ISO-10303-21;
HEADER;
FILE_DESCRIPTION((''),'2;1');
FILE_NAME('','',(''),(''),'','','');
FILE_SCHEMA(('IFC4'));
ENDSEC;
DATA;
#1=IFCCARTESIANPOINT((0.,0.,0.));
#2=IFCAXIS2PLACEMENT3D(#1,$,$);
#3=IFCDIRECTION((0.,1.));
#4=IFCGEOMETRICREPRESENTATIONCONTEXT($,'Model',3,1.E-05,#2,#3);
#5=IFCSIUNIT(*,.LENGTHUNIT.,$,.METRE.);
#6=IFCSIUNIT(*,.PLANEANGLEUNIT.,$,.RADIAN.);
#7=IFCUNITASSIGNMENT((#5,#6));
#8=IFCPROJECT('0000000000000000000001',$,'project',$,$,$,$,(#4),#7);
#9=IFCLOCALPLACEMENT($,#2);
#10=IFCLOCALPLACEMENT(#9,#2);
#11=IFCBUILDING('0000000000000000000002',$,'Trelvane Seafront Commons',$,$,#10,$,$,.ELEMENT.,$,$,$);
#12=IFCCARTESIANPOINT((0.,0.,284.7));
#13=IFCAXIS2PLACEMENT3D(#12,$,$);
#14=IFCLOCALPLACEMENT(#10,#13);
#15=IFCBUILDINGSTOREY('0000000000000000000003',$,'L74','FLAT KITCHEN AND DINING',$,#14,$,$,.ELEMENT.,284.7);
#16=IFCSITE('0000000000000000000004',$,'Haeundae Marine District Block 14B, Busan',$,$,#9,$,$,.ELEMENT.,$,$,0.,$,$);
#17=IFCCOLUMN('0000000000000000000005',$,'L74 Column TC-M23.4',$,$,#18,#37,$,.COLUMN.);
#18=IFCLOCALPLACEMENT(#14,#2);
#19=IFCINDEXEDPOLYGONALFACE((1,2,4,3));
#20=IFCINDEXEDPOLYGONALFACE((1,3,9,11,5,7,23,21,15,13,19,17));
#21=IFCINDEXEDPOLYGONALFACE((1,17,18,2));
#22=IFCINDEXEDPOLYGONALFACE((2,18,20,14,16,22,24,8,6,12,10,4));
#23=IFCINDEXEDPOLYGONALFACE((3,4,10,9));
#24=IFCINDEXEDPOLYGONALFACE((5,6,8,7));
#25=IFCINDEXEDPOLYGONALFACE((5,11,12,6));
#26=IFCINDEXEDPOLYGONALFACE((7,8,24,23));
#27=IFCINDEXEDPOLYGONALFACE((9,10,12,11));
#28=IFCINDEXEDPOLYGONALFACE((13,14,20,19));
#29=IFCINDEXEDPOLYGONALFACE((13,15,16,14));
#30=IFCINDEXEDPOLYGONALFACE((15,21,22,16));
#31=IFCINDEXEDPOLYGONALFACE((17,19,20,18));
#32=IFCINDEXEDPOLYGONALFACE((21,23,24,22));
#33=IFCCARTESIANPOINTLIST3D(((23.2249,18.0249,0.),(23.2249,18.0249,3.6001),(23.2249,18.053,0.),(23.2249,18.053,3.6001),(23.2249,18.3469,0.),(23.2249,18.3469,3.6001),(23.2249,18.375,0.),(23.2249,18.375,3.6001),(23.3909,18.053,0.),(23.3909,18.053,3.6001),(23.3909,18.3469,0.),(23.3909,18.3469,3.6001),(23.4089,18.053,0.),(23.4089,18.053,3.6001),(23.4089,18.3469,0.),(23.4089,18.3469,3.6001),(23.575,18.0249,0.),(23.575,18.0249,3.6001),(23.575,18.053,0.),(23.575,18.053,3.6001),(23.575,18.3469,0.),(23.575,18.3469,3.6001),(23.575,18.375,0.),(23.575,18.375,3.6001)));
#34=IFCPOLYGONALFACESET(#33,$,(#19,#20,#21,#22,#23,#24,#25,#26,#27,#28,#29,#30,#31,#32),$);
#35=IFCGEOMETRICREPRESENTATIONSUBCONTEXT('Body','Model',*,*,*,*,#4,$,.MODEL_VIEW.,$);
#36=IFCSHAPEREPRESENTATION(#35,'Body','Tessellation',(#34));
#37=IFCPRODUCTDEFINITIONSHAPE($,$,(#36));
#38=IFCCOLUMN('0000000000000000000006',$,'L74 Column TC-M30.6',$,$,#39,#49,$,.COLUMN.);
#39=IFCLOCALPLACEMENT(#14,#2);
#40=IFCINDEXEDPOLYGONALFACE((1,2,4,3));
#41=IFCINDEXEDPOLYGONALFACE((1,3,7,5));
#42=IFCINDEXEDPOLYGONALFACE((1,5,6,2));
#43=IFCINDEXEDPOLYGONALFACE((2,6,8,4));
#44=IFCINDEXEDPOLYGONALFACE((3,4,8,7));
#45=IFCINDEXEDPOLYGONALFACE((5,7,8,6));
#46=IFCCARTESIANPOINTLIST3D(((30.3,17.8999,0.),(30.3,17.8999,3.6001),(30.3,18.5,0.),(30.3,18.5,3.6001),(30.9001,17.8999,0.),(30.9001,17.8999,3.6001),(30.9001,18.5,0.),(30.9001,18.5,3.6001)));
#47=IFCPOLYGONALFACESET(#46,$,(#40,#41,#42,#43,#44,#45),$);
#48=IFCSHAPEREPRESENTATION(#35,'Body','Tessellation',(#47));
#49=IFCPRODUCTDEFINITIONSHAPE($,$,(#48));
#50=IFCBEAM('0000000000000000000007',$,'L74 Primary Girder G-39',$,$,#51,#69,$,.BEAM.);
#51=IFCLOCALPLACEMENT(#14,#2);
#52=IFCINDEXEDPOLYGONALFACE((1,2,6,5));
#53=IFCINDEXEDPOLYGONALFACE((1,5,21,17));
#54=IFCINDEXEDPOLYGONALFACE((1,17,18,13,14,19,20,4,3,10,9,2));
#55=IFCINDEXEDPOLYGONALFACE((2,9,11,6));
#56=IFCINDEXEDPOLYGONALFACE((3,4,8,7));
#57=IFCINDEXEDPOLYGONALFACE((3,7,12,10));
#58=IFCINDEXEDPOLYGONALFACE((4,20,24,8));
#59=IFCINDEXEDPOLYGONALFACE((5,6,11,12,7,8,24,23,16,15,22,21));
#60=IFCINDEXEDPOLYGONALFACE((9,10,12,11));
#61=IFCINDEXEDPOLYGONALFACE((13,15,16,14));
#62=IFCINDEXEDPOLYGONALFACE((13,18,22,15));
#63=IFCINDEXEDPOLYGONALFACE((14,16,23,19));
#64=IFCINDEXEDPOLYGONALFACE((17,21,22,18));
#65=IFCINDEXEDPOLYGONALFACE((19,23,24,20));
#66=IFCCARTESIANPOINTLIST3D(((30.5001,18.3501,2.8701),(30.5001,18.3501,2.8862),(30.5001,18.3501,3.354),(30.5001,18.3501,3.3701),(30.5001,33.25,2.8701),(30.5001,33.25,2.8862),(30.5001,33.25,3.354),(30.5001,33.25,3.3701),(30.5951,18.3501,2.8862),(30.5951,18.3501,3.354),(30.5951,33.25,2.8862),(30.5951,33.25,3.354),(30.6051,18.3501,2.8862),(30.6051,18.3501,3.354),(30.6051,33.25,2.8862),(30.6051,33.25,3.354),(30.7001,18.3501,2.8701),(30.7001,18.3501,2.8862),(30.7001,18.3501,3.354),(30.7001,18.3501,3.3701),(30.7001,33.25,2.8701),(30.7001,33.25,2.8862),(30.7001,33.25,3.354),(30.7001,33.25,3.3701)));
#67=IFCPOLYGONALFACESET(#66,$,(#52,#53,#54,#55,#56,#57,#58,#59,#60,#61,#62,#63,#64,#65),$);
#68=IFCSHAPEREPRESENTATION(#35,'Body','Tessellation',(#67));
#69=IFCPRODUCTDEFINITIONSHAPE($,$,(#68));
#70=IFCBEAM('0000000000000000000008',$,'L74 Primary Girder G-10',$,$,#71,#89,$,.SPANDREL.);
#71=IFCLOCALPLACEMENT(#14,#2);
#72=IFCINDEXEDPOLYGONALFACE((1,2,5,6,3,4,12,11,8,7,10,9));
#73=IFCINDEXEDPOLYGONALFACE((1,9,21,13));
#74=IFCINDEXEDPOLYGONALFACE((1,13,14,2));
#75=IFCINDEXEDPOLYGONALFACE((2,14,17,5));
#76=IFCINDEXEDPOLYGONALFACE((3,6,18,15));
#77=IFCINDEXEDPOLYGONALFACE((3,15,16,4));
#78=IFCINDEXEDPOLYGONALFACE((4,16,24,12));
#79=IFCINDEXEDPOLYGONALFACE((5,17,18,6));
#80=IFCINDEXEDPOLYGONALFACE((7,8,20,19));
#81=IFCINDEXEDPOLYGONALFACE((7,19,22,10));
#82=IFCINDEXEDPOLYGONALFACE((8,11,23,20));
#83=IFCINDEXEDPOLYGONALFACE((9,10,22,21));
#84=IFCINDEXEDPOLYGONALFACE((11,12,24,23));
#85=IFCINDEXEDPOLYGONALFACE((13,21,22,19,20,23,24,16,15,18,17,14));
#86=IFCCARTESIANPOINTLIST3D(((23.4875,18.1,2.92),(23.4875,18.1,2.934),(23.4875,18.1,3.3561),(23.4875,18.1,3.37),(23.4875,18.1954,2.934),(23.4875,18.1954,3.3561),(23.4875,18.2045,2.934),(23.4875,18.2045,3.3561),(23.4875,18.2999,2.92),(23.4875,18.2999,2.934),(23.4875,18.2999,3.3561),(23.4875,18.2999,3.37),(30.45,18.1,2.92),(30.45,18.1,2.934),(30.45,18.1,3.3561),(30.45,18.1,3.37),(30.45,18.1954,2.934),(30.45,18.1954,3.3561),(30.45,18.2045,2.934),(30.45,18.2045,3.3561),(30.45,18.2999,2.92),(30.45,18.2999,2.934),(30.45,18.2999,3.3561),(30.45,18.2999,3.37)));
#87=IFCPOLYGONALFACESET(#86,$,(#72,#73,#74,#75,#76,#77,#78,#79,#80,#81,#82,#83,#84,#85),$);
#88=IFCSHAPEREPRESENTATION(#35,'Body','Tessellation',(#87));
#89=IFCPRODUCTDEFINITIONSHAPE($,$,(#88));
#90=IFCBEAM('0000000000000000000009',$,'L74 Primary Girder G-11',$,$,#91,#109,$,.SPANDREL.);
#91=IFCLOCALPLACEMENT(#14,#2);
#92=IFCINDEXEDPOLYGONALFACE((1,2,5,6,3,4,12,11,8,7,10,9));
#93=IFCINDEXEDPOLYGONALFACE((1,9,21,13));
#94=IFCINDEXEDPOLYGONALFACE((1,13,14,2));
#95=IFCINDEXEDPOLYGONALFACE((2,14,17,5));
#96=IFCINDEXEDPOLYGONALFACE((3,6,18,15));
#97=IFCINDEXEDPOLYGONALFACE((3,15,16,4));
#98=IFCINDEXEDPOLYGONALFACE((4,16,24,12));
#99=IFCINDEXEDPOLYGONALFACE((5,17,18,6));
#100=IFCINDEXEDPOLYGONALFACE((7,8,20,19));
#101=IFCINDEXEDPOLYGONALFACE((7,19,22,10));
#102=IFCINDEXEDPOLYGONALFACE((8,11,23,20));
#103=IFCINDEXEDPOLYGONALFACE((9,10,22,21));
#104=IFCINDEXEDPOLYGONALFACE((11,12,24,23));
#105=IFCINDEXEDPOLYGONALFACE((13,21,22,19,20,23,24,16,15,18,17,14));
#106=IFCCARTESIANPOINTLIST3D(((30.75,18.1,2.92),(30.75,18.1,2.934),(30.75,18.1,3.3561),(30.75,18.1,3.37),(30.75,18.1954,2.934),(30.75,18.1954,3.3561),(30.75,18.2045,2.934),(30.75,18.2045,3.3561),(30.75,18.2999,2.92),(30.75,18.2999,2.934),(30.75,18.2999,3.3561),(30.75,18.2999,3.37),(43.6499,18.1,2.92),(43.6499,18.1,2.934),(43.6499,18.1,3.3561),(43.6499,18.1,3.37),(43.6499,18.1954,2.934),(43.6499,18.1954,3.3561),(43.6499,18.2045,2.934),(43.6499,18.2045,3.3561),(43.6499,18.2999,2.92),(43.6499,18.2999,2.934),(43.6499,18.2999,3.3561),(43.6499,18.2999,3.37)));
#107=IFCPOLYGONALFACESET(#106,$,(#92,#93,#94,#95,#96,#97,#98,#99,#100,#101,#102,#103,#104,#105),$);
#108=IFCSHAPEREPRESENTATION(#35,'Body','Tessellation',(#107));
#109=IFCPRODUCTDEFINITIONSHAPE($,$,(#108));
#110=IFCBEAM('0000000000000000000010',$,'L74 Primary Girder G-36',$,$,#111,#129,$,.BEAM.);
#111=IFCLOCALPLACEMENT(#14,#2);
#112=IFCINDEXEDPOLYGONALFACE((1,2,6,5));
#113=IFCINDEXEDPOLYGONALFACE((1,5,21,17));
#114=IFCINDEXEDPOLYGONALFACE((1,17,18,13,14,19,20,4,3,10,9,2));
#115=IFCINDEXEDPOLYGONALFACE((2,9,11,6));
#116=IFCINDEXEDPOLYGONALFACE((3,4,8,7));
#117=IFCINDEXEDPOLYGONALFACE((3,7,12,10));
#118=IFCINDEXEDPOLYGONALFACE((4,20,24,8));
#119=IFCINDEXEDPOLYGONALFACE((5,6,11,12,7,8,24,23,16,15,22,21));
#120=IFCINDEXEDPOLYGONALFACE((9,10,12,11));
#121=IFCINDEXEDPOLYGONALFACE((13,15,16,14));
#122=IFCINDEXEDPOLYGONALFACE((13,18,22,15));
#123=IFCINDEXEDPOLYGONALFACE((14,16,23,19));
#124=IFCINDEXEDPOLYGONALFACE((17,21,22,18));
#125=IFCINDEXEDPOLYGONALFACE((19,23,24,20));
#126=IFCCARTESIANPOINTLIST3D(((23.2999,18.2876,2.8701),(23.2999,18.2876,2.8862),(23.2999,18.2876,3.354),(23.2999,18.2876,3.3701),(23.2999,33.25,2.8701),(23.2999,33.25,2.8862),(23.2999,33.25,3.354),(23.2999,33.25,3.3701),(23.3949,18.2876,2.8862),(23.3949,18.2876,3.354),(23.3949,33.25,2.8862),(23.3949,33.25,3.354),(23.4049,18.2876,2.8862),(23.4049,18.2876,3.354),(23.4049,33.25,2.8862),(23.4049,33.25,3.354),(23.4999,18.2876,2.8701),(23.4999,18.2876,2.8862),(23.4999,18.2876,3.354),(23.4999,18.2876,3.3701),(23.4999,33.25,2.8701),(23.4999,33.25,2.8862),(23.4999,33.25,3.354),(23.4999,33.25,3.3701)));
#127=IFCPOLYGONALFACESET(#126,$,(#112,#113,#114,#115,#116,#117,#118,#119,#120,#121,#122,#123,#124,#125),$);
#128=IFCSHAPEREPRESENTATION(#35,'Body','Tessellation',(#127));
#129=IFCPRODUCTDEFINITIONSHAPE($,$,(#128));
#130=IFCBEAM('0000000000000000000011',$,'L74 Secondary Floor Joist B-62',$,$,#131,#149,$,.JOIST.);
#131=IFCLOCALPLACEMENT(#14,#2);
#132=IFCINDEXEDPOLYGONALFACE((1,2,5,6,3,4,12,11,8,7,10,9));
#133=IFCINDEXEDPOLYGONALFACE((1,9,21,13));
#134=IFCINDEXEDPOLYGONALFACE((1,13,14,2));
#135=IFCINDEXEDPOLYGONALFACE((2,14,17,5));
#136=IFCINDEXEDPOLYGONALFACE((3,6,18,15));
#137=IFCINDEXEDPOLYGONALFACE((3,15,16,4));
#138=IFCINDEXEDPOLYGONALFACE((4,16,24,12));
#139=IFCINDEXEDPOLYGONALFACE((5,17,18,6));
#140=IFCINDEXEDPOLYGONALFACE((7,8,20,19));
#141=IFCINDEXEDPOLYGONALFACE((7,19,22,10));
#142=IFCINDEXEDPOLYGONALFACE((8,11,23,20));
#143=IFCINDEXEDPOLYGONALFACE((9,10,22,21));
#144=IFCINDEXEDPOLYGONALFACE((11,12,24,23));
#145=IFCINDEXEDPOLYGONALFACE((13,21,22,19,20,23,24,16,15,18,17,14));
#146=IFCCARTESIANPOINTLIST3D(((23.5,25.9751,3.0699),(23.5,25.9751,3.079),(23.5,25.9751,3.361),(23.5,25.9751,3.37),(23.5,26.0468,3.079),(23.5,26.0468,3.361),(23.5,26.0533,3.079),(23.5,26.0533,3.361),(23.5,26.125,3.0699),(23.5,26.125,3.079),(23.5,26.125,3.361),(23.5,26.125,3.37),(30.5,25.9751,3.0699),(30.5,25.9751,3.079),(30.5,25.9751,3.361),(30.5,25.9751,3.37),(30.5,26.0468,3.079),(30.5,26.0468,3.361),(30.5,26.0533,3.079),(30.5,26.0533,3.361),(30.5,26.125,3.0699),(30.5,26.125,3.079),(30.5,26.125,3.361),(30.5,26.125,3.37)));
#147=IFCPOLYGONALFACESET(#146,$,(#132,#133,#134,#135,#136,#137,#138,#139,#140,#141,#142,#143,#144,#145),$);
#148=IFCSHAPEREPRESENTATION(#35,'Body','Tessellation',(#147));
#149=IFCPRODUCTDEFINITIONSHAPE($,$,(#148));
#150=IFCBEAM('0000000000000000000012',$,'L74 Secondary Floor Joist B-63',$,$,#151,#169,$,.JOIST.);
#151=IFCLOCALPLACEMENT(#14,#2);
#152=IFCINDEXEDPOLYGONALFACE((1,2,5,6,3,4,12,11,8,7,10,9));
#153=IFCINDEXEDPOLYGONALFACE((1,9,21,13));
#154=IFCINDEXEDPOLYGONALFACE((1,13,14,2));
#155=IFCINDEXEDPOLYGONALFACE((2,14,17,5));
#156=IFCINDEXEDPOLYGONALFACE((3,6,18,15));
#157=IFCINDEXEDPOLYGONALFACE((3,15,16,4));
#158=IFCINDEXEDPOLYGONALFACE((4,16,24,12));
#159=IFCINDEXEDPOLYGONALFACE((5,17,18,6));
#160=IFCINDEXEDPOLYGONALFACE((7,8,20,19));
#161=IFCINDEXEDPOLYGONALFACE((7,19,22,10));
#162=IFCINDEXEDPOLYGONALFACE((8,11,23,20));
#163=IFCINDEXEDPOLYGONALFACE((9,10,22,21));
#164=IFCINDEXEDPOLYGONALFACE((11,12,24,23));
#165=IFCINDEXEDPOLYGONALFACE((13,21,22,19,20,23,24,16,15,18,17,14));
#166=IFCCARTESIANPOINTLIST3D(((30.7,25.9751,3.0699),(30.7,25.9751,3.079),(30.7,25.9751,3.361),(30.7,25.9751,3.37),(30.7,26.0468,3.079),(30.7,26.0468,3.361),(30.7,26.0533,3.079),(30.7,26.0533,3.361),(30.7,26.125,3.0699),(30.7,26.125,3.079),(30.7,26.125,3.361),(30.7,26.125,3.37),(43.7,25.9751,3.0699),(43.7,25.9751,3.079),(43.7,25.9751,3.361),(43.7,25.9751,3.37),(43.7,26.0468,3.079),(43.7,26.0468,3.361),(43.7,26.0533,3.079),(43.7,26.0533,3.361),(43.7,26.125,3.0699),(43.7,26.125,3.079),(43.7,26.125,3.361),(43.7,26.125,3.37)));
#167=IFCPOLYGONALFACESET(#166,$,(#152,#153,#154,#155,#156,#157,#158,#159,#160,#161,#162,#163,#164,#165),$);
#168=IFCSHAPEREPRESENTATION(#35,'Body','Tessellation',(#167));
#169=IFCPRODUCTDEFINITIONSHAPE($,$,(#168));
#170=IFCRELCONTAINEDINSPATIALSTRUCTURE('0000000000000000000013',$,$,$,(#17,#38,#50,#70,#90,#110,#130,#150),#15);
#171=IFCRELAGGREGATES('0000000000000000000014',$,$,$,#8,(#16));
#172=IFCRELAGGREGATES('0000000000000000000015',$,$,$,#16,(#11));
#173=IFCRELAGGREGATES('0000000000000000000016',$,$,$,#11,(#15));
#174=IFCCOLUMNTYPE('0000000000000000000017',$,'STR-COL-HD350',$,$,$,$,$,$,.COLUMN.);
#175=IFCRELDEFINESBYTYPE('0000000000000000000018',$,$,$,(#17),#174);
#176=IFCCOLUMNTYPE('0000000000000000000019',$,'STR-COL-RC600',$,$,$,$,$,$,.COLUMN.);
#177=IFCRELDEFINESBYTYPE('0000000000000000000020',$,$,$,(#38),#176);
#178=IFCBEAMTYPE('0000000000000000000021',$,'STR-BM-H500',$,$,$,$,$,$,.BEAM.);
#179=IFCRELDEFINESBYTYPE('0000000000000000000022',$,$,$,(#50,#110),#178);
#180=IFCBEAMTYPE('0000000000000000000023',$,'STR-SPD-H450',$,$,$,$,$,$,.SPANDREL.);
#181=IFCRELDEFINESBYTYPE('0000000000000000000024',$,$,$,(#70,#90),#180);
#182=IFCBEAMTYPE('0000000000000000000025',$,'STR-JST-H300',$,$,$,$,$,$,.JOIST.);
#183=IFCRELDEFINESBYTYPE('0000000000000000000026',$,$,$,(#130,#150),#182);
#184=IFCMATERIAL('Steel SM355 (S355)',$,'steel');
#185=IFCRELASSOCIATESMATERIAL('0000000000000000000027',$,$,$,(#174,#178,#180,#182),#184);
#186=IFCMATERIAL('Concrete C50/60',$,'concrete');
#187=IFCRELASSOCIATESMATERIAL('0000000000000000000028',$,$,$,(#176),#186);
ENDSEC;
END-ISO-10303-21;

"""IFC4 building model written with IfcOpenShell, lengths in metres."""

from ifc_helpers import new_model, si_unit, direction, frame, origin, origin_2d, place, context, subcontext, project, spatial, rectangle, i_section, extrude, source, transform, mapped, material, material_profile, profile_set, type_object, element, save


model = new_model("IFC4")

# Units and contexts
model_context = context("Model", 3, precision=1e-05, world=origin(), true_north=direction((0.0, 1.0)))
body_context = subcontext(model_context, "Body", "Model", "MODEL_VIEW")
ifc_project = project(units=[si_unit("LENGTHUNIT", "METRE"), si_unit("PLANEANGLEUNIT", "RADIAN")], contexts=[model_context])

# Site, building, storey
site_placement = place(None, origin())
site = spatial("IfcSite", under=ifc_project, at=site_placement, Name="Haeundae Marine District Block 14B, Busan", CompositionType="ELEMENT", RefElevation=0.0)
building_placement = place(site_placement, origin())
building = spatial("IfcBuilding", under=site, at=building_placement, Name="Trelvane Seafront Commons", CompositionType="ELEMENT")
storey_placement = place(building_placement, frame((0.0, 0.0, 284.7)))
storey = spatial("IfcBuildingStorey", under=building, at=storey_placement, Name="L74", Description="FLAT KITCHEN AND DINING", CompositionType="ELEMENT", Elevation=284.7)

# Columns
ifc_material_1 = material(Name="Steel SM355 (S355)", Category="steel")
ifc_material_profile_1 = material_profile(ifc_material_1, i_section(OverallWidth=0.3501, OverallDepth=0.3501, WebThickness=0.0181, FlangeThickness=0.0281, at=origin_2d()), Name="HD-350x350x18x28")
ifc_profile_set_1 = profile_set([ifc_material_profile_1], Name="Steel SM355 (S355)")
column_type_1 = type_object("IfcColumnType", Name="STR-COL-HD350", PredefinedType="COLUMN", material=ifc_profile_set_1)
shared_shape_1 = source(origin(), body_context, "Body", "SweptSolid", [
    extrude(i_section(OverallWidth=0.3501, OverallDepth=0.3501, WebThickness=0.0181, FlangeThickness=0.0281, at=origin_2d()), origin(), (0.0, 0.0, 1.0), 3.6001),
])
column_1_placement = place(storey_placement, frame((23.3999, 18.2, 0.0), z_axis=(0.0, 0.0, 1.0), x_axis=(1.0, 0.0, 0.0)))
element("IfcColumn", 1, at=column_1_placement, inside=storey, type_object=column_type_1, Name="L74 Column TC-M23.4", PredefinedType="COLUMN", context=body_context, shape_type="MappedRepresentation", body=[
    mapped(shared_shape_1, transform((0.0, 0.0, 0.0), x_axis=(1.0, 0.0, 0.0), y_axis=(0.0, 1.0, 0.0), z_axis=(0.0, 0.0, 1.0), scale=1.0)),
])
ifc_material_2 = material(Name="Concrete C50/60", Category="concrete")
ifc_material_profile_2 = material_profile(ifc_material_2, rectangle(XDim=0.6001, YDim=0.6001, at=origin_2d()), Name="RC-600x600")
ifc_profile_set_2 = profile_set([ifc_material_profile_2], Name="Concrete C50/60")
column_type_2 = type_object("IfcColumnType", Name="STR-COL-RC600", PredefinedType="COLUMN", material=ifc_profile_set_2)
shared_shape_2 = source(origin(), body_context, "Body", "SweptSolid", [
    extrude(rectangle(XDim=0.6001, YDim=0.6001, at=origin_2d()), origin(), (0.0, 0.0, 1.0), 3.6001),
])
column_2_placement = place(storey_placement, frame((30.6001, 18.2, 0.0), z_axis=(0.0, 0.0, 1.0), x_axis=(1.0, 0.0, 0.0)))
element("IfcColumn", 2, at=column_2_placement, inside=storey, type_object=column_type_2, Name="L74 Column TC-M30.6", PredefinedType="COLUMN", context=body_context, shape_type="MappedRepresentation", body=[
    mapped(shared_shape_2, transform((0.0, 0.0, 0.0), x_axis=(1.0, 0.0, 0.0), y_axis=(0.0, 1.0, 0.0), z_axis=(0.0, 0.0, 1.0), scale=1.0)),
])

# Beams
ifc_material_profile_3 = material_profile(ifc_material_1, i_section(OverallWidth=0.2, OverallDepth=0.5, WebThickness=0.01, FlangeThickness=0.0161, at=origin_2d()), Name="H-500x200x10x16")
ifc_profile_set_3 = profile_set([ifc_material_profile_3], Name="Steel SM355 (S355)")
beam_type_1 = type_object("IfcBeamType", Name="STR-BM-H500", PredefinedType="BEAM", material=ifc_profile_set_3)
shared_shape_3 = source(origin(), body_context, "Body", "SweptSolid", [
    extrude(i_section(OverallWidth=0.2, OverallDepth=0.5, WebThickness=0.01, FlangeThickness=0.0161, at=origin_2d()), origin(), (0.0, 0.0, 1.0), 14.8999),
])
beam_1_placement = place(storey_placement, frame((30.6001, 18.3501, 3.1201), z_axis=(0.0, 1.0, 0.0), x_axis=(-1.0, 0.0, 0.0)))
element("IfcBeam", 3, at=beam_1_placement, inside=storey, type_object=beam_type_1, Name="L74 Primary Girder G-39", PredefinedType="BEAM", context=body_context, shape_type="MappedRepresentation", body=[
    mapped(shared_shape_3, transform((0.0, 0.0, 0.0), x_axis=(1.0, 0.0, 0.0), y_axis=(0.0, 1.0, 0.0), z_axis=(0.0, 0.0, 1.0), scale=1.0)),
])
ifc_material_profile_4 = material_profile(ifc_material_1, i_section(OverallWidth=0.2, OverallDepth=0.45, WebThickness=0.009, FlangeThickness=0.0139, at=origin_2d()), Name="H-450x200x9x14")
ifc_profile_set_4 = profile_set([ifc_material_profile_4], Name="Steel SM355 (S355)")
beam_type_2 = type_object("IfcBeamType", Name="STR-SPD-H450", PredefinedType="SPANDREL", material=ifc_profile_set_4)
shared_shape_4 = source(origin(), body_context, "Body", "SweptSolid", [
    extrude(i_section(OverallWidth=0.2, OverallDepth=0.45, WebThickness=0.009, FlangeThickness=0.0139, at=origin_2d()), origin(), (0.0, 0.0, 1.0), 6.9624),
])
beam_2_placement = place(storey_placement, frame((23.4875, 18.2, 3.145), z_axis=(1.0, 0.0, 0.0), x_axis=(0.0, 1.0, 0.0)))
element("IfcBeam", 4, at=beam_2_placement, inside=storey, type_object=beam_type_2, Name="L74 Primary Girder G-10", PredefinedType="SPANDREL", context=body_context, shape_type="MappedRepresentation", body=[
    mapped(shared_shape_4, transform((0.0, 0.0, 0.0), x_axis=(1.0, 0.0, 0.0), y_axis=(0.0, 1.0, 0.0), z_axis=(0.0, 0.0, 1.0), scale=1.0)),
])
shared_shape_5 = source(origin(), body_context, "Body", "SweptSolid", [
    extrude(i_section(OverallWidth=0.2, OverallDepth=0.45, WebThickness=0.009, FlangeThickness=0.0139, at=origin_2d()), origin(), (0.0, 0.0, 1.0), 12.8999),
])
beam_3_placement = place(storey_placement, frame((30.75, 18.2, 3.145), z_axis=(1.0, 0.0, 0.0), x_axis=(0.0, 1.0, 0.0)))
element("IfcBeam", 5, at=beam_3_placement, inside=storey, type_object=beam_type_2, Name="L74 Primary Girder G-11", PredefinedType="SPANDREL", context=body_context, shape_type="MappedRepresentation", body=[
    mapped(shared_shape_5, transform((0.0, 0.0, 0.0), x_axis=(1.0, 0.0, 0.0), y_axis=(0.0, 1.0, 0.0), z_axis=(0.0, 0.0, 1.0), scale=1.0)),
])
shared_shape_6 = source(origin(), body_context, "Body", "SweptSolid", [
    extrude(i_section(OverallWidth=0.2, OverallDepth=0.5, WebThickness=0.01, FlangeThickness=0.0161, at=origin_2d()), origin(), (0.0, 0.0, 1.0), 14.9624),
])
beam_4_placement = place(storey_placement, frame((23.3999, 18.2876, 3.1201), z_axis=(0.0, 1.0, 0.0), x_axis=(-1.0, 0.0, 0.0)))
element("IfcBeam", 6, at=beam_4_placement, inside=storey, type_object=beam_type_1, Name="L74 Primary Girder G-36", PredefinedType="BEAM", context=body_context, shape_type="MappedRepresentation", body=[
    mapped(shared_shape_6, transform((0.0, 0.0, 0.0), x_axis=(1.0, 0.0, 0.0), y_axis=(0.0, 1.0, 0.0), z_axis=(0.0, 0.0, 1.0), scale=1.0)),
])
ifc_material_profile_5 = material_profile(ifc_material_1, i_section(OverallWidth=0.1499, OverallDepth=0.3, WebThickness=0.0066, FlangeThickness=0.009, at=origin_2d()), Name="H-300x150x6.5x9")
ifc_profile_set_5 = profile_set([ifc_material_profile_5], Name="Steel SM355 (S355)")
beam_type_3 = type_object("IfcBeamType", Name="STR-JST-H300", PredefinedType="JOIST", material=ifc_profile_set_5)
shared_shape_7 = source(origin(), body_context, "Body", "SweptSolid", [
    extrude(i_section(OverallWidth=0.1499, OverallDepth=0.3, WebThickness=0.0066, FlangeThickness=0.009, at=origin_2d()), origin(), (0.0, 0.0, 1.0), 7.0),
])
beam_5_placement = place(storey_placement, frame((23.5, 26.05, 3.22), z_axis=(1.0, 0.0, 0.0), x_axis=(0.0, 1.0, 0.0)))
element("IfcBeam", 7, at=beam_5_placement, inside=storey, type_object=beam_type_3, Name="L74 Secondary Floor Joist B-62", PredefinedType="JOIST", context=body_context, shape_type="MappedRepresentation", body=[
    mapped(shared_shape_7, transform((0.0, 0.0, 0.0), x_axis=(1.0, 0.0, 0.0), y_axis=(0.0, 1.0, 0.0), z_axis=(0.0, 0.0, 1.0), scale=1.0)),
])
shared_shape_8 = source(origin(), body_context, "Body", "SweptSolid", [
    extrude(i_section(OverallWidth=0.1499, OverallDepth=0.3, WebThickness=0.0066, FlangeThickness=0.009, at=origin_2d()), origin(), (0.0, 0.0, 1.0), 13.0),
])
beam_6_placement = place(storey_placement, frame((30.7, 26.05, 3.22), z_axis=(1.0, 0.0, 0.0), x_axis=(0.0, 1.0, 0.0)))
element("IfcBeam", 8, at=beam_6_placement, inside=storey, type_object=beam_type_3, Name="L74 Secondary Floor Joist B-63", PredefinedType="JOIST", context=body_context, shape_type="MappedRepresentation", body=[
    mapped(shared_shape_8, transform((0.0, 0.0, 0.0), x_axis=(1.0, 0.0, 0.0), y_axis=(0.0, 1.0, 0.0), z_axis=(0.0, 0.0, 1.0), scale=1.0)),
])

save(model, "model.ifc")
